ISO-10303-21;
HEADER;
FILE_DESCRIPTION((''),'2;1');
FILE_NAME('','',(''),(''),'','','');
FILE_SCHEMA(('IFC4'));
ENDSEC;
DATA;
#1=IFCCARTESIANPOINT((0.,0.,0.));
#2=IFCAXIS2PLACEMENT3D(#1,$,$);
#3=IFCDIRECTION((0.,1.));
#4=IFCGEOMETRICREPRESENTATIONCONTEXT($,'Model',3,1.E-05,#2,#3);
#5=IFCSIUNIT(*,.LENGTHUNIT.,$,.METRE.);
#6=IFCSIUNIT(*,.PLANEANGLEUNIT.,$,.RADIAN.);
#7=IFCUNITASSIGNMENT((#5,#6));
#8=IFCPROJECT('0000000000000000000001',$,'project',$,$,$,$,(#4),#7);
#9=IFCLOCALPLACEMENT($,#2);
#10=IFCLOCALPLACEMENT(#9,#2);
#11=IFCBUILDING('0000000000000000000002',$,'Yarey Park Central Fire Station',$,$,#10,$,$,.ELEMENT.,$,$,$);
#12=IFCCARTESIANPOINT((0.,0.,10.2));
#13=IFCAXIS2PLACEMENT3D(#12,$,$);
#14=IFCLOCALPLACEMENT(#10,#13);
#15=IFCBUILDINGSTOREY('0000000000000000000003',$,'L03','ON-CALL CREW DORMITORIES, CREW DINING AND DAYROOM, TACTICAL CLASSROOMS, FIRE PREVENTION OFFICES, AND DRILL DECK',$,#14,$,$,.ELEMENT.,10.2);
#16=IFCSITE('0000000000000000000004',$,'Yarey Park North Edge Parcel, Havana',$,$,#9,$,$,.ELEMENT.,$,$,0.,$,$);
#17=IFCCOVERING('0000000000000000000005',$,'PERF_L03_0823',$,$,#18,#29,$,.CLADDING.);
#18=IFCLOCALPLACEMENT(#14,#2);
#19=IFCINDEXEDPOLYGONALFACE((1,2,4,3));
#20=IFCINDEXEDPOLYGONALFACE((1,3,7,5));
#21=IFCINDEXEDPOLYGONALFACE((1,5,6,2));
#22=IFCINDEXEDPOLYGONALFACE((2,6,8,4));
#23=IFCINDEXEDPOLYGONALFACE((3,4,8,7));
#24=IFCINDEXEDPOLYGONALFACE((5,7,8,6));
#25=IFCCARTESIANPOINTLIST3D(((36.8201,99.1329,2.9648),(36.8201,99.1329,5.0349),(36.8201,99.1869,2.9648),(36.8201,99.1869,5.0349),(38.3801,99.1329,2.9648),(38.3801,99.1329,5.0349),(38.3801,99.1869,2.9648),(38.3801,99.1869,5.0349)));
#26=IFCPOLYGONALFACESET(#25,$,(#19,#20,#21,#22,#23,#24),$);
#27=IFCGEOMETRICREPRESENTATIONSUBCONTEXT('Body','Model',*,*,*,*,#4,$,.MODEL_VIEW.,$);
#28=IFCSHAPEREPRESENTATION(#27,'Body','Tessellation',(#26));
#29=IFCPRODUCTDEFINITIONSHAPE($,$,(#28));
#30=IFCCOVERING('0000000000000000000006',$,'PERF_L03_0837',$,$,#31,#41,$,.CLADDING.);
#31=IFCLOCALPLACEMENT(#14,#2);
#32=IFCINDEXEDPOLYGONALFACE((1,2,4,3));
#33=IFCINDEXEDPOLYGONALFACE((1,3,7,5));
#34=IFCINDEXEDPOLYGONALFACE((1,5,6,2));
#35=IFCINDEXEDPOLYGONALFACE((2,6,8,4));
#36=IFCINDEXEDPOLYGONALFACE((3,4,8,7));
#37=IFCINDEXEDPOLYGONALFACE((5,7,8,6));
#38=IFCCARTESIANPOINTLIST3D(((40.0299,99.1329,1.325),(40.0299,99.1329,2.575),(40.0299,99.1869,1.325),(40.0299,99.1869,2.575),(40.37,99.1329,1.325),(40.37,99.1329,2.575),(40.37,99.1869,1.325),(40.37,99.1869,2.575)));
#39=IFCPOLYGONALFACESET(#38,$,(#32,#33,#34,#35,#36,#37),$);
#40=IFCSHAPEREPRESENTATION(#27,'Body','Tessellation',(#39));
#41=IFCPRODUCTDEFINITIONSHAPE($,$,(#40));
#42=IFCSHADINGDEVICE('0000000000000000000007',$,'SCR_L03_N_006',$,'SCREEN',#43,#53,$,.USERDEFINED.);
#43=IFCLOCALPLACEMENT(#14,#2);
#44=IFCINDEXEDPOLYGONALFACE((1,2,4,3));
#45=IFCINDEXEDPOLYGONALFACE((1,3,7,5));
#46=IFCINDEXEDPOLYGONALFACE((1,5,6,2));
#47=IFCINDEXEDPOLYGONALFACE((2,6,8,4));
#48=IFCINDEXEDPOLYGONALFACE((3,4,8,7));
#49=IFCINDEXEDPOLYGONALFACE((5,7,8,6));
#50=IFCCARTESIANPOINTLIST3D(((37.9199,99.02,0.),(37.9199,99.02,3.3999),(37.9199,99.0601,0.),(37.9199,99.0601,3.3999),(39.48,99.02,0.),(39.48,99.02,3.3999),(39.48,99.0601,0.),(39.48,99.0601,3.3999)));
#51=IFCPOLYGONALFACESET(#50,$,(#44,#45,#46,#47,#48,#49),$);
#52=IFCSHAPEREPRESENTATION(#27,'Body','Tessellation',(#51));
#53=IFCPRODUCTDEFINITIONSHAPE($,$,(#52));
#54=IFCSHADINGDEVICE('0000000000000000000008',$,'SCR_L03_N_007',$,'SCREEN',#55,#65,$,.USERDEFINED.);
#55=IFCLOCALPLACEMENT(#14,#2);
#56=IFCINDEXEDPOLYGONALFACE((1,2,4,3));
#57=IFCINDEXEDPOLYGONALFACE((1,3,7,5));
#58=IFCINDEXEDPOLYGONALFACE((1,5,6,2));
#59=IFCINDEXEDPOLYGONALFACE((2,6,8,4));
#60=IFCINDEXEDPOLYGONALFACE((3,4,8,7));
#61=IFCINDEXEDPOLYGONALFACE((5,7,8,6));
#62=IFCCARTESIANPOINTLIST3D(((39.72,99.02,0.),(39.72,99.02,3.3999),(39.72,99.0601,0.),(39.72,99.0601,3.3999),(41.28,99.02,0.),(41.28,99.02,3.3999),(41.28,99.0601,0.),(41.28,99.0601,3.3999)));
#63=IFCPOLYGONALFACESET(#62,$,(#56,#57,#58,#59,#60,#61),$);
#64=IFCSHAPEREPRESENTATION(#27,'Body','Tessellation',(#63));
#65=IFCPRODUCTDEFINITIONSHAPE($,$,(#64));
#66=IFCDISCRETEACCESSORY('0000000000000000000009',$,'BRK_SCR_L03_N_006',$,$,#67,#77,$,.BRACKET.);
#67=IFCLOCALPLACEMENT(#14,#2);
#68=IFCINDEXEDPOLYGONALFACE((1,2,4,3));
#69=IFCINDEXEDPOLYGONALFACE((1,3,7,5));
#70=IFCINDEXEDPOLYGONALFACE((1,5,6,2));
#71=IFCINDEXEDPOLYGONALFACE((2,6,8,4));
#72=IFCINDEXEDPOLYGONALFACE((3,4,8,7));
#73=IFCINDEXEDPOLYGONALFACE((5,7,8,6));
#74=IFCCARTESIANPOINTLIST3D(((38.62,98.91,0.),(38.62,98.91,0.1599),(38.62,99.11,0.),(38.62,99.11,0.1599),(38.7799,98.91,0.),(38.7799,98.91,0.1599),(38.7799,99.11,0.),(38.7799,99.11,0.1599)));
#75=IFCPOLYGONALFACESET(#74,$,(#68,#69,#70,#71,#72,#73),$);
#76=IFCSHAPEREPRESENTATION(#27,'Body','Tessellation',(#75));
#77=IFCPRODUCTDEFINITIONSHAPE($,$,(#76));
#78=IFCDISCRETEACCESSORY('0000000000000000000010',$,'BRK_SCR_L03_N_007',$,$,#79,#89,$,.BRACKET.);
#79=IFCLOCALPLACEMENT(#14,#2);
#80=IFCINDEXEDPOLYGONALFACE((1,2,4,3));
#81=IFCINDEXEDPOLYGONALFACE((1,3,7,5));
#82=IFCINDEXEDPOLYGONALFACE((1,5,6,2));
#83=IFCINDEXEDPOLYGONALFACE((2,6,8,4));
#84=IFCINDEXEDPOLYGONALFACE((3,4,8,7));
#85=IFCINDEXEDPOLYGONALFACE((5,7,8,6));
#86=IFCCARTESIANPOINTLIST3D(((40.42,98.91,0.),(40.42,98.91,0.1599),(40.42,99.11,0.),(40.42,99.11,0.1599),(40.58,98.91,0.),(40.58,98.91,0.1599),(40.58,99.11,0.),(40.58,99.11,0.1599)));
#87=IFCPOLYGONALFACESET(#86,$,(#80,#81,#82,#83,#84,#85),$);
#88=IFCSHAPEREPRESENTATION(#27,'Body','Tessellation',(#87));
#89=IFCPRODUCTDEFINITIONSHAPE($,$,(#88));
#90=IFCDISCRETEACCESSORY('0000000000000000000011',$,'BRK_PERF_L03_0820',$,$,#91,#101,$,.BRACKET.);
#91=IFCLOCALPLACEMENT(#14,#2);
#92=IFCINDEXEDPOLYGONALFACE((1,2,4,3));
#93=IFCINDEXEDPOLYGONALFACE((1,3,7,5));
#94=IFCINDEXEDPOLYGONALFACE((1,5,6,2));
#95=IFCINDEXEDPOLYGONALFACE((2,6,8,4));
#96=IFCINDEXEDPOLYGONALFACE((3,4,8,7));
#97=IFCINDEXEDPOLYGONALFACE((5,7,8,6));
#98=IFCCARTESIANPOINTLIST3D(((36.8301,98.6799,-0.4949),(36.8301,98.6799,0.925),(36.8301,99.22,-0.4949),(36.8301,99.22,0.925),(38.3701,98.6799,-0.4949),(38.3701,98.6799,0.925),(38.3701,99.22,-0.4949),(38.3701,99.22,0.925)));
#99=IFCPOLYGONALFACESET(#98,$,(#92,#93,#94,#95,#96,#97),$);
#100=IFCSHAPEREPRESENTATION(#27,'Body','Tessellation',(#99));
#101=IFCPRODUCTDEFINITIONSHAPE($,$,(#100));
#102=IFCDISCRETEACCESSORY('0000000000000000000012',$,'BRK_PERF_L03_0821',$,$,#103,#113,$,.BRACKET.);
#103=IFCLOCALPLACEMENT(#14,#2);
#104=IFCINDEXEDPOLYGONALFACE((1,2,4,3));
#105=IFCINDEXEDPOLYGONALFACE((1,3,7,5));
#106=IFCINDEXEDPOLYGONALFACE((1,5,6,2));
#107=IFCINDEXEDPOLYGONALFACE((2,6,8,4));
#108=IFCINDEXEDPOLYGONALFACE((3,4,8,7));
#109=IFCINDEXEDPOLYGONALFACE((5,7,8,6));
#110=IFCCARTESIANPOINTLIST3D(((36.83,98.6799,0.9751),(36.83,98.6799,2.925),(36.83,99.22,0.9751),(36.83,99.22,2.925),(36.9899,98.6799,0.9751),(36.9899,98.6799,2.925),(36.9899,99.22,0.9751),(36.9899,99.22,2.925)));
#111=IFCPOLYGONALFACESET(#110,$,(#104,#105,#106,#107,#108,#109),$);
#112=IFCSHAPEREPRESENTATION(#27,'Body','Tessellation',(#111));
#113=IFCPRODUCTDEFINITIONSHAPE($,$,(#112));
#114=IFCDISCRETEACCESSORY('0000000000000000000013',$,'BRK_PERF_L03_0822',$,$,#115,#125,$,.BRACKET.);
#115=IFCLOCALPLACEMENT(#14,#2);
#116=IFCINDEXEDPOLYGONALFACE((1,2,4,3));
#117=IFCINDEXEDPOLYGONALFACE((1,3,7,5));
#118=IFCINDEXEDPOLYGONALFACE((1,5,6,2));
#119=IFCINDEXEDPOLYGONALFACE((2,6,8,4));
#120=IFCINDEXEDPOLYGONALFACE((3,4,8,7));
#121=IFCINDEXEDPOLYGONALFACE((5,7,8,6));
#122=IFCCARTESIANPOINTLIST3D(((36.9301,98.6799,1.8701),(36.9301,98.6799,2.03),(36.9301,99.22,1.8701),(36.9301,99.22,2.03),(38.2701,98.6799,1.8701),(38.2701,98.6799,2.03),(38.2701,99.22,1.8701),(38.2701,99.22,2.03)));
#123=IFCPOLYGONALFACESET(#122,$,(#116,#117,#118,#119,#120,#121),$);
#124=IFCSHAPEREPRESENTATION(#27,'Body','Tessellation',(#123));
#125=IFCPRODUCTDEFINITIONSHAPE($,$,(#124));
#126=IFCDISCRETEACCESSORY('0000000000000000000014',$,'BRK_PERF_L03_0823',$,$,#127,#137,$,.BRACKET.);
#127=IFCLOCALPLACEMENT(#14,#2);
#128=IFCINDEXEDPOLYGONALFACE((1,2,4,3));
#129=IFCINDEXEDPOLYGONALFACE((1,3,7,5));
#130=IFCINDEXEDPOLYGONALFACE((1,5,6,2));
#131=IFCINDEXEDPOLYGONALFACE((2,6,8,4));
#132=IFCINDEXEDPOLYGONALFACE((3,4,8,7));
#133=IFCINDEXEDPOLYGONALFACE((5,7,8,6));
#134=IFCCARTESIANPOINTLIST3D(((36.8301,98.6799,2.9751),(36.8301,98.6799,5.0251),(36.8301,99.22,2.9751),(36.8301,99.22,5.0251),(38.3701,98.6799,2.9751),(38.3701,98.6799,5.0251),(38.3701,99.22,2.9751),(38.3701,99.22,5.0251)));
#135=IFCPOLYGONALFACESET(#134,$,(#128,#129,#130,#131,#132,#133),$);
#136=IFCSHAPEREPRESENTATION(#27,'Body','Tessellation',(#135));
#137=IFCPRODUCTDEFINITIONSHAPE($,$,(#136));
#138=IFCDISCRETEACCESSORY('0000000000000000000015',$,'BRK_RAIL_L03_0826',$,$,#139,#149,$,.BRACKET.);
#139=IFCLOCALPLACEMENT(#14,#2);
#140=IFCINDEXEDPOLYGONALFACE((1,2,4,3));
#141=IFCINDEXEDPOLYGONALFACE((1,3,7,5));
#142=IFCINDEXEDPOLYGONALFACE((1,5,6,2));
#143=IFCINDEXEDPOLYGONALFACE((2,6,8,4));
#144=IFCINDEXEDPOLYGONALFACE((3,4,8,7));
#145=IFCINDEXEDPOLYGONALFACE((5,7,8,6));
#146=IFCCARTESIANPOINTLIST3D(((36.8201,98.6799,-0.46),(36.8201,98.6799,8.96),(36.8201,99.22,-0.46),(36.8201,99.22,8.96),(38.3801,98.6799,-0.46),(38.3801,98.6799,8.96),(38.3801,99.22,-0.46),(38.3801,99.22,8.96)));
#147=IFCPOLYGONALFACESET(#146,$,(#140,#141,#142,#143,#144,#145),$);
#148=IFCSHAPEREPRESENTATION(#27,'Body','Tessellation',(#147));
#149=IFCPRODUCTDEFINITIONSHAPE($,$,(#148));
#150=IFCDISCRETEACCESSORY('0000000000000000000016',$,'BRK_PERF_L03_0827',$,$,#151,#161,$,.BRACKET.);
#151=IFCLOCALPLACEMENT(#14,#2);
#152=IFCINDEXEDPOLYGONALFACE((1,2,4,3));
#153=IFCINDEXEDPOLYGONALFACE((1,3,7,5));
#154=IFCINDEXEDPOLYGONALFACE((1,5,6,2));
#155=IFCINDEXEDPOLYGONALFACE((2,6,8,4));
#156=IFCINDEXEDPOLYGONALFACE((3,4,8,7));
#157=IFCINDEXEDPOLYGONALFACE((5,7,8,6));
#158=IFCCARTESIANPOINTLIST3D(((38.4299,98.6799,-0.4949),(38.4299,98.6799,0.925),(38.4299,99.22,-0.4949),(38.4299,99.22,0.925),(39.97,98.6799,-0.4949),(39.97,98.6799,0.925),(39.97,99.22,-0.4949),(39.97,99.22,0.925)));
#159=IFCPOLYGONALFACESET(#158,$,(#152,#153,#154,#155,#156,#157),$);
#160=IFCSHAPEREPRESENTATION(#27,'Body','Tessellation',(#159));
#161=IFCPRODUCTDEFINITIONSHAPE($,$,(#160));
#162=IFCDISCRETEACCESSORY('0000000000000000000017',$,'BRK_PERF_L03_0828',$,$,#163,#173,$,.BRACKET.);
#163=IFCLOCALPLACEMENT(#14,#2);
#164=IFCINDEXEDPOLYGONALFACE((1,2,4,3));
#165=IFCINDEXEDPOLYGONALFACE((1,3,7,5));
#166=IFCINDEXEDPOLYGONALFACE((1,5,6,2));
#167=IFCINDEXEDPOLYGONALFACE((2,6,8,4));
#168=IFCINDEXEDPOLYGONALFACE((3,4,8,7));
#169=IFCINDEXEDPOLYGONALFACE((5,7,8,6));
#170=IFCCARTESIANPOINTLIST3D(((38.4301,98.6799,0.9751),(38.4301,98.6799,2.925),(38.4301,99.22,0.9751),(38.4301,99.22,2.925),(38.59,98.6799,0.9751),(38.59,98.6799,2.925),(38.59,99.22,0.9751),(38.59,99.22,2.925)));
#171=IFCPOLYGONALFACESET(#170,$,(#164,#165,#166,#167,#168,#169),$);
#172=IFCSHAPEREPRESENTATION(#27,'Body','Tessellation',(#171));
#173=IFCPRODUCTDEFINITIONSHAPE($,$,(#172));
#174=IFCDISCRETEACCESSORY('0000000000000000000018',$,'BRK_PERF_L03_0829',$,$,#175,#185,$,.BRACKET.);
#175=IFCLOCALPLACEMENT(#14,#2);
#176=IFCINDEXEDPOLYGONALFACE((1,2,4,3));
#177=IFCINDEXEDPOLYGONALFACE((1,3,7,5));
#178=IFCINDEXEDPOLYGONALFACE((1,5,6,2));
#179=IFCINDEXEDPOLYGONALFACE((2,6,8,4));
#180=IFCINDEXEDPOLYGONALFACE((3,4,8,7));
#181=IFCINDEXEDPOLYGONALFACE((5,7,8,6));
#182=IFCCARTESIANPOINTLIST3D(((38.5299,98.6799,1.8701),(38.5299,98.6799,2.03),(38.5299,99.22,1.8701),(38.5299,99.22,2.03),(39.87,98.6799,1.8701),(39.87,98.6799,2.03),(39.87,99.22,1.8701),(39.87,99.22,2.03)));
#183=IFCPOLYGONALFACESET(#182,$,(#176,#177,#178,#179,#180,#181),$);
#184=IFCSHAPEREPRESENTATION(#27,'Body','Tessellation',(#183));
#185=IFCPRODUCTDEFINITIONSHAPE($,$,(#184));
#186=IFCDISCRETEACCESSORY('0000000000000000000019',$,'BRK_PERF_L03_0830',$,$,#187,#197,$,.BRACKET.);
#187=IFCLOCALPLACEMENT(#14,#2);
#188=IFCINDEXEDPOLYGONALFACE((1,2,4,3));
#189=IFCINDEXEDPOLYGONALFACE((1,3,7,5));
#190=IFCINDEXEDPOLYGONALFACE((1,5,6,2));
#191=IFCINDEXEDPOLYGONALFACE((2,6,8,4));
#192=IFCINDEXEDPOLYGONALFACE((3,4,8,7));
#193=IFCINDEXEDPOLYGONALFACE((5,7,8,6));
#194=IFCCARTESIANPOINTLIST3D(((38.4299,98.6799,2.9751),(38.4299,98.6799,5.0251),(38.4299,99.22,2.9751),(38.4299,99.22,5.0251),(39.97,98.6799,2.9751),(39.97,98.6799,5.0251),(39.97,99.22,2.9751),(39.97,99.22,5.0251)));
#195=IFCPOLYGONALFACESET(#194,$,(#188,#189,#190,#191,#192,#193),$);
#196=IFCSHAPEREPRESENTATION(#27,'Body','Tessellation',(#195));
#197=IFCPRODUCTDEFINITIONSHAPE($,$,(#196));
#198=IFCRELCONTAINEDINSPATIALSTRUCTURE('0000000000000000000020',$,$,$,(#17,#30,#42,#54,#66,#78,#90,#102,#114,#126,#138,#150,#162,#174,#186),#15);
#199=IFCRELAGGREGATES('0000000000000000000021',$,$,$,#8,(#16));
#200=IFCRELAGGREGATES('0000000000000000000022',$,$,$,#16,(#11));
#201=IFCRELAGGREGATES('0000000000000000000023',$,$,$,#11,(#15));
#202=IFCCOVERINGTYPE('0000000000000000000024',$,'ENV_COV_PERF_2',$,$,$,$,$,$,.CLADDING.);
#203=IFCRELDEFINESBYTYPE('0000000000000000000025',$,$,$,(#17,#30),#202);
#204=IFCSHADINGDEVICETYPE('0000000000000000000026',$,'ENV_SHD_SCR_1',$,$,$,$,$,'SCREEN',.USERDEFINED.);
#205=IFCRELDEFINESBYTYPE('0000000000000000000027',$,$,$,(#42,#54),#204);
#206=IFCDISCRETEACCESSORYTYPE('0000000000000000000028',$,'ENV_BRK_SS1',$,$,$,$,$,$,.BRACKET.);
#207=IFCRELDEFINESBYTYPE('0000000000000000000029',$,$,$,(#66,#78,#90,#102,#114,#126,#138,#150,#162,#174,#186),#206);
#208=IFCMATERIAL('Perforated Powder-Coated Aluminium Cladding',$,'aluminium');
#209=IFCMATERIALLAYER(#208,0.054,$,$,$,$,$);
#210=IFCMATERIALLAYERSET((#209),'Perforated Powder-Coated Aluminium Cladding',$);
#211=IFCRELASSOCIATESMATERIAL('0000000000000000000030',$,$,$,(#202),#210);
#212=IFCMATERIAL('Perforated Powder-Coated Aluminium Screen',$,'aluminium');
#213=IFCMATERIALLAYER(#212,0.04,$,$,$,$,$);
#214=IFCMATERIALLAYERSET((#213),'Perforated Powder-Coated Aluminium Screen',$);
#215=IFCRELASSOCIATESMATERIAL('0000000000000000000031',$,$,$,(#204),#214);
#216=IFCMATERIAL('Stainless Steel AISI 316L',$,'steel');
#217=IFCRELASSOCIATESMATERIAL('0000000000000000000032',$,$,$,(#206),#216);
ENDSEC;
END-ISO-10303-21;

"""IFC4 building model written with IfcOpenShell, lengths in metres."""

from ifc_helpers import new_model, si_unit, direction, frame, origin, origin_2d, place, context, subcontext, project, spatial, rectangle, extrude, material, layer, layer_set, type_object, element, save


model = new_model("IFC4")

# Units and contexts
model_context = context("Model", 3, precision=1e-05, world=origin(), true_north=direction((0.0, 1.0)))
body_context = subcontext(model_context, "Body", "Model", "MODEL_VIEW")
ifc_project = project(units=[si_unit("LENGTHUNIT", "METRE"), si_unit("PLANEANGLEUNIT", "RADIAN")], contexts=[model_context])

# Site, building, storey
site_placement = place(None, origin())
site = spatial("IfcSite", under=ifc_project, at=site_placement, Name="Yarey Park North Edge Parcel, Havana", CompositionType="ELEMENT", RefElevation=0.0)
building_placement = place(site_placement, origin())
building = spatial("IfcBuilding", under=site, at=building_placement, Name="Yarey Park Central Fire Station", CompositionType="ELEMENT")
storey_placement = place(building_placement, frame((0.0, 0.0, 10.2)))
storey = spatial("IfcBuildingStorey", under=building, at=storey_placement, Name="L03", Description="ON-CALL CREW DORMITORIES, CREW DINING AND DAYROOM, TACTICAL CLASSROOMS, FIRE PREVENTION OFFICES, AND DRILL DECK", CompositionType="ELEMENT", Elevation=10.2)

# Coverings
ifc_material_1 = material(Name="Perforated Powder-Coated Aluminium Cladding", Category="aluminium")
ifc_layer_1 = layer(ifc_material_1, 0.054)
ifc_layer_set_1 = layer_set([ifc_layer_1], Name="Perforated Powder-Coated Aluminium Cladding")
covering_type_1 = type_object("IfcCoveringType", Name="ENV_COV_PERF_2", PredefinedType="CLADDING", material=ifc_layer_set_1)
covering_1_placement = place(storey_placement, frame((37.6001, 99.1599, 2.9648), z_axis=(0.0, 0.0, 1.0), x_axis=(1.0, 0.0, 0.0)))
element("IfcCovering", 1, at=covering_1_placement, inside=storey, type_object=covering_type_1, Name="PERF_L03_0823", PredefinedType="CLADDING", context=body_context, shape_type="SweptSolid", body=[
    extrude(rectangle(XDim=1.5601, YDim=0.054, at=origin_2d()), origin(), (0.0, 0.0, 1.0), 2.0701),
])
covering_2_placement = place(storey_placement, frame((40.2, 99.1599, 1.325), z_axis=(0.0, 0.0, 1.0), x_axis=(1.0, 0.0, 0.0)))
element("IfcCovering", 2, at=covering_2_placement, inside=storey, type_object=covering_type_1, Name="PERF_L03_0837", PredefinedType="CLADDING", context=body_context, shape_type="SweptSolid", body=[
    extrude(rectangle(XDim=0.3401, YDim=0.054, at=origin_2d()), origin(), (0.0, 0.0, 1.0), 1.25),
])

# Shading devices
ifc_material_2 = material(Name="Perforated Powder-Coated Aluminium Screen", Category="aluminium")
ifc_layer_2 = layer(ifc_material_2, 0.04)
ifc_layer_set_2 = layer_set([ifc_layer_2], Name="Perforated Powder-Coated Aluminium Screen")
shading_device_type = type_object("IfcShadingDeviceType", Name="ENV_SHD_SCR_1", ElementType="SCREEN", PredefinedType="USERDEFINED", material=ifc_layer_set_2)
for number, where, z_axis, x_axis, name in (
    (3, (38.7, 99.04, 0.0), (0.0, 0.0, 1.0), (1.0, 0.0, 0.0), "SCR_L03_N_006"),
    (4, (40.5, 99.04, 0.0), (0.0, 0.0, 1.0), (1.0, 0.0, 0.0), "SCR_L03_N_007"),
):
    element("IfcShadingDevice", number, at=place(storey_placement, frame(where, z_axis=z_axis, x_axis=x_axis)), inside=storey, type_object=shading_device_type, Name=name, ObjectType="SCREEN", PredefinedType="USERDEFINED", context=body_context, shape_type="SweptSolid", body=[
        extrude(rectangle(XDim=1.5601, YDim=0.04, at=origin_2d()), origin(), (0.0, 0.0, 1.0), 3.3999),
    ])

# Discrete accessories
ifc_material_3 = material(Name="Stainless Steel AISI 316L", Category="steel")
discrete_accessory_type = type_object("IfcDiscreteAccessoryType", Name="ENV_BRK_SS1", PredefinedType="BRACKET", material=ifc_material_3)
for number, where, z_axis, x_axis, name in (
    (5, (38.7, 99.01, 0.0), (0.0, 0.0, 1.0), (1.0, 0.0, 0.0), "BRK_SCR_L03_N_006"),
    (6, (40.5, 99.01, 0.0), (0.0, 0.0, 1.0), (1.0, 0.0, 0.0), "BRK_SCR_L03_N_007"),
):
    element("IfcDiscreteAccessory", number, at=place(storey_placement, frame(where, z_axis=z_axis, x_axis=x_axis)), inside=storey, type_object=discrete_accessory_type, Name=name, PredefinedType="BRACKET", context=body_context, shape_type="SweptSolid", body=[
        extrude(rectangle(XDim=0.1599, YDim=0.2, at=origin_2d()), origin(), (0.0, 0.0, 1.0), 0.1599),
    ])
discrete_accessory_1_placement = place(storey_placement, frame((37.6001, 98.95, -0.4949), z_axis=(0.0, 0.0, 1.0), x_axis=(1.0, 0.0, 0.0)))
element("IfcDiscreteAccessory", 7, at=discrete_accessory_1_placement, inside=storey, type_object=discrete_accessory_type, Name="BRK_PERF_L03_0820", PredefinedType="BRACKET", context=body_context, shape_type="SweptSolid", body=[
    extrude(rectangle(XDim=1.54, YDim=0.54, at=origin_2d()), origin(), (0.0, 0.0, 1.0), 1.4199),
])
discrete_accessory_2_placement = place(storey_placement, frame((36.9099, 98.95, 0.9751), z_axis=(0.0, 0.0, 1.0), x_axis=(1.0, 0.0, 0.0)))
element("IfcDiscreteAccessory", 8, at=discrete_accessory_2_placement, inside=storey, type_object=discrete_accessory_type, Name="BRK_PERF_L03_0821", PredefinedType="BRACKET", context=body_context, shape_type="SweptSolid", body=[
    extrude(rectangle(XDim=0.1599, YDim=0.54, at=origin_2d()), origin(), (0.0, 0.0, 1.0), 1.95),
])
discrete_accessory_3_placement = place(storey_placement, frame((37.6001, 98.95, 1.8701), z_axis=(0.0, 0.0, 1.0), x_axis=(1.0, 0.0, 0.0)))
element("IfcDiscreteAccessory", 9, at=discrete_accessory_3_placement, inside=storey, type_object=discrete_accessory_type, Name="BRK_PERF_L03_0822", PredefinedType="BRACKET", context=body_context, shape_type="SweptSolid", body=[
    extrude(rectangle(XDim=1.3401, YDim=0.54, at=origin_2d()), origin(), (0.0, 0.0, 1.0), 0.1599),
])
discrete_accessory_4_placement = place(storey_placement, frame((37.6001, 98.95, 2.9751), z_axis=(0.0, 0.0, 1.0), x_axis=(1.0, 0.0, 0.0)))
element("IfcDiscreteAccessory", 10, at=discrete_accessory_4_placement, inside=storey, type_object=discrete_accessory_type, Name="BRK_PERF_L03_0823", PredefinedType="BRACKET", context=body_context, shape_type="SweptSolid", body=[
    extrude(rectangle(XDim=1.54, YDim=0.54, at=origin_2d()), origin(), (0.0, 0.0, 1.0), 2.05),
])
discrete_accessory_5_placement = place(storey_placement, frame((37.6001, 98.95, -0.46), z_axis=(0.0, 0.0, 1.0), x_axis=(1.0, 0.0, 0.0)))
element("IfcDiscreteAccessory", 11, at=discrete_accessory_5_placement, inside=storey, type_object=discrete_accessory_type, Name="BRK_RAIL_L03_0826", PredefinedType="BRACKET", context=body_context, shape_type="SweptSolid", body=[
    extrude(rectangle(XDim=1.5601, YDim=0.54, at=origin_2d()), origin(), (0.0, 0.0, 1.0), 9.4199),
])
discrete_accessory_6_placement = place(storey_placement, frame((39.2, 98.95, -0.4949), z_axis=(0.0, 0.0, 1.0), x_axis=(1.0, 0.0, 0.0)))
element("IfcDiscreteAccessory", 12, at=discrete_accessory_6_placement, inside=storey, type_object=discrete_accessory_type, Name="BRK_PERF_L03_0827", PredefinedType="BRACKET", context=body_context, shape_type="SweptSolid", body=[
    extrude(rectangle(XDim=1.54, YDim=0.54, at=origin_2d()), origin(), (0.0, 0.0, 1.0), 1.4199),
])
discrete_accessory_7_placement = place(storey_placement, frame((38.51, 98.95, 0.9751), z_axis=(0.0, 0.0, 1.0), x_axis=(1.0, 0.0, 0.0)))
element("IfcDiscreteAccessory", 13, at=discrete_accessory_7_placement, inside=storey, type_object=discrete_accessory_type, Name="BRK_PERF_L03_0828", PredefinedType="BRACKET", context=body_context, shape_type="SweptSolid", body=[
    extrude(rectangle(XDim=0.1599, YDim=0.54, at=origin_2d()), origin(), (0.0, 0.0, 1.0), 1.95),
])
discrete_accessory_8_placement = place(storey_placement, frame((39.2, 98.95, 1.8701), z_axis=(0.0, 0.0, 1.0), x_axis=(1.0, 0.0, 0.0)))
element("IfcDiscreteAccessory", 14, at=discrete_accessory_8_placement, inside=storey, type_object=discrete_accessory_type, Name="BRK_PERF_L03_0829", PredefinedType="BRACKET", context=body_context, shape_type="SweptSolid", body=[
    extrude(rectangle(XDim=1.3401, YDim=0.54, at=origin_2d()), origin(), (0.0, 0.0, 1.0), 0.1599),
])
discrete_accessory_9_placement = place(storey_placement, frame((39.2, 98.95, 2.9751), z_axis=(0.0, 0.0, 1.0), x_axis=(1.0, 0.0, 0.0)))
element("IfcDiscreteAccessory", 15, at=discrete_accessory_9_placement, inside=storey, type_object=discrete_accessory_type, Name="BRK_PERF_L03_0830", PredefinedType="BRACKET", context=body_context, shape_type="SweptSolid", body=[
    extrude(rectangle(XDim=1.54, YDim=0.54, at=origin_2d()), origin(), (0.0, 0.0, 1.0), 2.05),
])

save(model, "model.ifc")
